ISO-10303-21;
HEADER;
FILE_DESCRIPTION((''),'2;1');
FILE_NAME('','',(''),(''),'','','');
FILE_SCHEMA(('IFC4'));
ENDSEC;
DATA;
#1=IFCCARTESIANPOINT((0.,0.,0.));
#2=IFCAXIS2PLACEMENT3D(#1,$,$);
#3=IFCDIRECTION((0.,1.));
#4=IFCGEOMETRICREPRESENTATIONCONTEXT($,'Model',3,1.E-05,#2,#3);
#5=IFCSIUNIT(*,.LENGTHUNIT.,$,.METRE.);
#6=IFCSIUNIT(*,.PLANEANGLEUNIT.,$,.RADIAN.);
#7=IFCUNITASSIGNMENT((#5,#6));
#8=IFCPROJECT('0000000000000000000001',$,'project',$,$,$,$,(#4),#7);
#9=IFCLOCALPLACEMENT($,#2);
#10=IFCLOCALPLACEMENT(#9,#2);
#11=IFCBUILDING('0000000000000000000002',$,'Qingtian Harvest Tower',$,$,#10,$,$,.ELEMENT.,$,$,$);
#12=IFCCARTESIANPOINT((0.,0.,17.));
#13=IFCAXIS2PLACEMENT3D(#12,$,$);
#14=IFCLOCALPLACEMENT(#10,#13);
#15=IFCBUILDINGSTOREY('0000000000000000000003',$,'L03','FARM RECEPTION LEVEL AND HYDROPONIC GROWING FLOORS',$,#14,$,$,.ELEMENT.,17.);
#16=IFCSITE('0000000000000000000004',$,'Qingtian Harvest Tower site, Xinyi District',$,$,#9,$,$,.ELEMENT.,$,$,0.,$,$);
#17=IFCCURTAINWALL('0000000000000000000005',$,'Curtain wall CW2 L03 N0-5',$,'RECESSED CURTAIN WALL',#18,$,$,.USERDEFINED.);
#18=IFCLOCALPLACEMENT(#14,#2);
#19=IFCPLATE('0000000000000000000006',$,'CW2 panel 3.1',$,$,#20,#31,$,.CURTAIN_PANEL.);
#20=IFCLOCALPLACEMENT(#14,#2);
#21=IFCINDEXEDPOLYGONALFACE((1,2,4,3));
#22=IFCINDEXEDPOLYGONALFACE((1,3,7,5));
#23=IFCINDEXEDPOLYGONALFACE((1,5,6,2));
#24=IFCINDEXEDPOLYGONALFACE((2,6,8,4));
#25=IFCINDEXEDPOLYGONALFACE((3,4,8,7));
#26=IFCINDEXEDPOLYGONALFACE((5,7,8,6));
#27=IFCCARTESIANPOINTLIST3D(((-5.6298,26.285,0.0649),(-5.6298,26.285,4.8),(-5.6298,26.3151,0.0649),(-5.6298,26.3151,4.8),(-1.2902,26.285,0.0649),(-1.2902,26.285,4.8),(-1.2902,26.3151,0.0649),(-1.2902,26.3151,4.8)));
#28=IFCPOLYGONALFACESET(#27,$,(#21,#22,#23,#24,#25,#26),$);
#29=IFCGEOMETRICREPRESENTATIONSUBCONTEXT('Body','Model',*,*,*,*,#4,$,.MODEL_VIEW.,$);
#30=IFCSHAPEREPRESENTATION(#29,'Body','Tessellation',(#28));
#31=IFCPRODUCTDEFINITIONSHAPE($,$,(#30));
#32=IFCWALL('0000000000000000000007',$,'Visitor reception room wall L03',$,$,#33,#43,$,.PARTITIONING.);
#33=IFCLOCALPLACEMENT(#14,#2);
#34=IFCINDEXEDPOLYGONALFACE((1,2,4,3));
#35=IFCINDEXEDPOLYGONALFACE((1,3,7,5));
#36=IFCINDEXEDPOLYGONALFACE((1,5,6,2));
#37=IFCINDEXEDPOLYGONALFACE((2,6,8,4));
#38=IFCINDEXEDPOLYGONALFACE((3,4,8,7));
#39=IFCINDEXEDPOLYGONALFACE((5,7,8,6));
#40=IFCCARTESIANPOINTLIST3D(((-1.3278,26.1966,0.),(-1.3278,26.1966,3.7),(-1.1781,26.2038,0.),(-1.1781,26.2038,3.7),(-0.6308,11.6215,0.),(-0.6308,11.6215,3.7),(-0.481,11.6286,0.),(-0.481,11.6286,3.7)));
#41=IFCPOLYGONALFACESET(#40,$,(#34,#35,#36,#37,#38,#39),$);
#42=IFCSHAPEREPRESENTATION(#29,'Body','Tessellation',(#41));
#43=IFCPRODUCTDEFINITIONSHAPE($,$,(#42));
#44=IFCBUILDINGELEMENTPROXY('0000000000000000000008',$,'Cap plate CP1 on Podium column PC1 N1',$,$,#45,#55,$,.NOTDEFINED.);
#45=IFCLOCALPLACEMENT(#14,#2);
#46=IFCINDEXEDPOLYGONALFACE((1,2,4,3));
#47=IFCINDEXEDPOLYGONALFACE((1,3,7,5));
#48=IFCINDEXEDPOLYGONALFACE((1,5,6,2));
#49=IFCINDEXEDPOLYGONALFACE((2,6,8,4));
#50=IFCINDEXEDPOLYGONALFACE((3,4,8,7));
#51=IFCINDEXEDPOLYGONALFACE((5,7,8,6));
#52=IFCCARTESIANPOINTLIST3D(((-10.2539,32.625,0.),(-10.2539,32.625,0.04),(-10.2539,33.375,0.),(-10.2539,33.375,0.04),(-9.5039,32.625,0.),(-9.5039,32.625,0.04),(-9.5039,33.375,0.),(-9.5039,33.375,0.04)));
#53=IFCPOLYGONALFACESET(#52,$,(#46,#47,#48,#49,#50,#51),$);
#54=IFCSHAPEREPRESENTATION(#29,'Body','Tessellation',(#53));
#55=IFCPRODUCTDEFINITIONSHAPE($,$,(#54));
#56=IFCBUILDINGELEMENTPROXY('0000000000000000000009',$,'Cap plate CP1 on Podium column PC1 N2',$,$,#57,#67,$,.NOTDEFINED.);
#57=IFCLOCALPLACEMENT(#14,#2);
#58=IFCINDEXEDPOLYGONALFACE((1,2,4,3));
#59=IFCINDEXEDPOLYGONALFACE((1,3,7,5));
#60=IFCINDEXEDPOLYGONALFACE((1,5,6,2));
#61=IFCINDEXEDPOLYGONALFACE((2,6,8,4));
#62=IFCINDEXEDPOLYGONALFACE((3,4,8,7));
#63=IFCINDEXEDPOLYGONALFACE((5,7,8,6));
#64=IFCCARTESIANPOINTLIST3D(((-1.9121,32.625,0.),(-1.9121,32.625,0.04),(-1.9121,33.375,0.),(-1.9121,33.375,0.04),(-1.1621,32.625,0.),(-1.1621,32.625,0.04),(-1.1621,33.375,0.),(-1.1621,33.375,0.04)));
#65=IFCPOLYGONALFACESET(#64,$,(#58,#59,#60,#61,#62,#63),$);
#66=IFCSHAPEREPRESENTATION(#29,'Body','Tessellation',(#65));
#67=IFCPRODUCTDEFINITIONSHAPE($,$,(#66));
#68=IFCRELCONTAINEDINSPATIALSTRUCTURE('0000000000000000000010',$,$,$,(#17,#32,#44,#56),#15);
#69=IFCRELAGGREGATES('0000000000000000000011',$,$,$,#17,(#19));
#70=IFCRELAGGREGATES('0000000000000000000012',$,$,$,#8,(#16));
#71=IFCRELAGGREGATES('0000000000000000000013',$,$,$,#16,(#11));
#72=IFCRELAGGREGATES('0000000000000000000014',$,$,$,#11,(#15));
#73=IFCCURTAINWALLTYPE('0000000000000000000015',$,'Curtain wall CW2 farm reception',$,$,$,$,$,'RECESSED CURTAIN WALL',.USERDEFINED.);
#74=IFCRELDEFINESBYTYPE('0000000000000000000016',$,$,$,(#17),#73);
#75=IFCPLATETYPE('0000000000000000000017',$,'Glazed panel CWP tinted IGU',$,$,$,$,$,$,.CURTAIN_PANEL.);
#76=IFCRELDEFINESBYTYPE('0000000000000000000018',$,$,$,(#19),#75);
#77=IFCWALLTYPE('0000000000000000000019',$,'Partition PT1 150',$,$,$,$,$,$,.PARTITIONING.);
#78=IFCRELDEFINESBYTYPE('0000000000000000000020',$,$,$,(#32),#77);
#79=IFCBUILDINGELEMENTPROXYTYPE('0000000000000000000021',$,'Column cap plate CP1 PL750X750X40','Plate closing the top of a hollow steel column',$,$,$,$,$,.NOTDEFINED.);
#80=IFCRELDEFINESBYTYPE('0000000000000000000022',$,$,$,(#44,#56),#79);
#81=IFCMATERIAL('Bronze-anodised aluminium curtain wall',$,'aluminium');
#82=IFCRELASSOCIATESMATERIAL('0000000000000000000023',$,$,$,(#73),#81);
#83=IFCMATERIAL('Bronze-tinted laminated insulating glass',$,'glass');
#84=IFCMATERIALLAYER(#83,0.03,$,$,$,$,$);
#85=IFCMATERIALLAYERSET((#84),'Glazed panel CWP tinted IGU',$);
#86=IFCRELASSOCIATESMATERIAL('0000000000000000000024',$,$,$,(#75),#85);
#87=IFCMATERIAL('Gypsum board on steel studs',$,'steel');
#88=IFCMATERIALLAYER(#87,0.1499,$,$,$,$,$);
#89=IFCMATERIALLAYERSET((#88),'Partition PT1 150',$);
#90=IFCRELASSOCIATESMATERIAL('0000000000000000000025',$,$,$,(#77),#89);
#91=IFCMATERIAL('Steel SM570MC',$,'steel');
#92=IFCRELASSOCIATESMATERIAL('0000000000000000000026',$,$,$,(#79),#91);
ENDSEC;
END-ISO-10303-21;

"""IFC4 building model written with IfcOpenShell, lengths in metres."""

from ifc_helpers import new_model, si_unit, direction, frame, frame_2d, origin, origin_2d, place, context, subcontext, project, spatial, rectangle, extrude, material, layer, layer_set, material_profile, profile_set, type_object, element, aggregate, save


model = new_model("IFC4")

# Units and contexts
model_context = context("Model", 3, precision=1e-05, world=origin(), true_north=direction((0.0, 1.0)))
body_context = subcontext(model_context, "Body", "Model", "MODEL_VIEW")
ifc_project = project(units=[si_unit("LENGTHUNIT", "METRE"), si_unit("PLANEANGLEUNIT", "RADIAN")], contexts=[model_context])

# Site, building, storey
site_placement = place(None, origin())
site = spatial("IfcSite", under=ifc_project, at=site_placement, Name="Qingtian Harvest Tower site, Xinyi District", CompositionType="ELEMENT", RefElevation=0.0)
building_placement = place(site_placement, origin())
building = spatial("IfcBuilding", under=site, at=building_placement, Name="Qingtian Harvest Tower", CompositionType="ELEMENT")
storey_placement = place(building_placement, frame((0.0, 0.0, 17.0)))
storey = spatial("IfcBuildingStorey", under=building, at=storey_placement, Name="L03", Description="FARM RECEPTION LEVEL AND HYDROPONIC GROWING FLOORS", CompositionType="ELEMENT", Elevation=17.0)

# Curtain wall
ifc_material_1 = material(Name="Bronze-anodised aluminium curtain wall", Category="aluminium")
curtain_wall_type = type_object("IfcCurtainWallType", Name="Curtain wall CW2 farm reception", ElementType="RECESSED CURTAIN WALL", PredefinedType="USERDEFINED", material=ifc_material_1)
curtain_wall_1_placement = place(storey_placement, origin())
curtain_wall_1 = element("IfcCurtainWall", 1, at=curtain_wall_1_placement, inside=storey, type_object=curtain_wall_type, Name="Curtain wall CW2 L03 N0-5", ObjectType="RECESSED CURTAIN WALL", PredefinedType="USERDEFINED")

# Plate
ifc_material_2 = material(Name="Bronze-tinted laminated insulating glass", Category="glass")
ifc_layer_1 = layer(ifc_material_2, 0.03)
ifc_layer_set_1 = layer_set([ifc_layer_1], Name="Glazed panel CWP tinted IGU")
plate_type = type_object("IfcPlateType", Name="Glazed panel CWP tinted IGU", PredefinedType="CURTAIN_PANEL", material=ifc_layer_set_1)
plate_1_placement = place(storey_placement, frame((-3.46, 26.3, 0.0649), z_axis=(0.0, 0.0, 1.0), x_axis=(1.0, 0.0, 0.0)))
plate_1 = element("IfcPlate", 2, at=plate_1_placement, type_object=plate_type, Name="CW2 panel 3.1", PredefinedType="CURTAIN_PANEL", context=body_context, shape_type="SweptSolid", body=[
    extrude(rectangle(XDim=4.3396, YDim=0.03, at=origin_2d()), origin(), (0.0, 0.0, 1.0), 4.7351),
])
aggregate(curtain_wall_1, [plate_1])

# Wall
ifc_material_3 = material(Name="Gypsum board on steel studs", Category="steel")
ifc_layer_2 = layer(ifc_material_3, 0.1499)
ifc_layer_set_2 = layer_set([ifc_layer_2], Name="Partition PT1 150")
wall_type = type_object("IfcWallType", Name="Partition PT1 150", PredefinedType="PARTITIONING", material=ifc_layer_set_2)
wall_placement = place(storey_placement, frame((-1.2529, 26.2002, 0.0), z_axis=(0.0, 0.0, 1.0), x_axis=(0.047768, -0.998858, 0.0)))
element("IfcWall", 3, at=wall_placement, inside=storey, type_object=wall_type, Name="Visitor reception room wall L03", PredefinedType="PARTITIONING", context=body_context, shape_type="SweptSolid", body=[
    extrude(rectangle(XDim=14.5918, YDim=0.1499, at=frame_2d((7.2959, 0.0))), origin(), (0.0, 0.0, 1.0), 3.7),
])

# Building element proxies
ifc_material_4 = material(Name="Steel SM570MC", Category="steel")
ifc_material_profile_1 = material_profile(ifc_material_4, rectangle(XDim=0.75, YDim=0.75, at=origin_2d()), Name="PL750X750X40")
ifc_profile_set_1 = profile_set([ifc_material_profile_1], Name="Steel SM570MC")
building_element_proxy_type = type_object("IfcBuildingElementProxyType", Name="Column cap plate CP1 PL750X750X40", Description="Plate closing the top of a hollow steel column", PredefinedType="NOTDEFINED", material=ifc_profile_set_1)
for number, where, z_axis, x_axis, name in (
    (4, (-9.8789, 33.0, 0.0), (0.0, 0.0, 1.0), (-1.0, 0.0, 0.0), "Cap plate CP1 on Podium column PC1 N1"),
    (5, (-1.5371, 33.0, 0.0), (0.0, 0.0, 1.0), (-1.0, 0.0, 0.0), "Cap plate CP1 on Podium column PC1 N2"),
):
    element("IfcBuildingElementProxy", number, at=place(storey_placement, frame(where, z_axis=z_axis, x_axis=x_axis)), inside=storey, type_object=building_element_proxy_type, Name=name, PredefinedType="NOTDEFINED", context=body_context, shape_type="SweptSolid", body=[
        extrude(rectangle(XDim=0.75, YDim=0.75, at=origin_2d()), origin(), (0.0, 0.0, 1.0), 0.04),
    ])

save(model, "model.ifc")
